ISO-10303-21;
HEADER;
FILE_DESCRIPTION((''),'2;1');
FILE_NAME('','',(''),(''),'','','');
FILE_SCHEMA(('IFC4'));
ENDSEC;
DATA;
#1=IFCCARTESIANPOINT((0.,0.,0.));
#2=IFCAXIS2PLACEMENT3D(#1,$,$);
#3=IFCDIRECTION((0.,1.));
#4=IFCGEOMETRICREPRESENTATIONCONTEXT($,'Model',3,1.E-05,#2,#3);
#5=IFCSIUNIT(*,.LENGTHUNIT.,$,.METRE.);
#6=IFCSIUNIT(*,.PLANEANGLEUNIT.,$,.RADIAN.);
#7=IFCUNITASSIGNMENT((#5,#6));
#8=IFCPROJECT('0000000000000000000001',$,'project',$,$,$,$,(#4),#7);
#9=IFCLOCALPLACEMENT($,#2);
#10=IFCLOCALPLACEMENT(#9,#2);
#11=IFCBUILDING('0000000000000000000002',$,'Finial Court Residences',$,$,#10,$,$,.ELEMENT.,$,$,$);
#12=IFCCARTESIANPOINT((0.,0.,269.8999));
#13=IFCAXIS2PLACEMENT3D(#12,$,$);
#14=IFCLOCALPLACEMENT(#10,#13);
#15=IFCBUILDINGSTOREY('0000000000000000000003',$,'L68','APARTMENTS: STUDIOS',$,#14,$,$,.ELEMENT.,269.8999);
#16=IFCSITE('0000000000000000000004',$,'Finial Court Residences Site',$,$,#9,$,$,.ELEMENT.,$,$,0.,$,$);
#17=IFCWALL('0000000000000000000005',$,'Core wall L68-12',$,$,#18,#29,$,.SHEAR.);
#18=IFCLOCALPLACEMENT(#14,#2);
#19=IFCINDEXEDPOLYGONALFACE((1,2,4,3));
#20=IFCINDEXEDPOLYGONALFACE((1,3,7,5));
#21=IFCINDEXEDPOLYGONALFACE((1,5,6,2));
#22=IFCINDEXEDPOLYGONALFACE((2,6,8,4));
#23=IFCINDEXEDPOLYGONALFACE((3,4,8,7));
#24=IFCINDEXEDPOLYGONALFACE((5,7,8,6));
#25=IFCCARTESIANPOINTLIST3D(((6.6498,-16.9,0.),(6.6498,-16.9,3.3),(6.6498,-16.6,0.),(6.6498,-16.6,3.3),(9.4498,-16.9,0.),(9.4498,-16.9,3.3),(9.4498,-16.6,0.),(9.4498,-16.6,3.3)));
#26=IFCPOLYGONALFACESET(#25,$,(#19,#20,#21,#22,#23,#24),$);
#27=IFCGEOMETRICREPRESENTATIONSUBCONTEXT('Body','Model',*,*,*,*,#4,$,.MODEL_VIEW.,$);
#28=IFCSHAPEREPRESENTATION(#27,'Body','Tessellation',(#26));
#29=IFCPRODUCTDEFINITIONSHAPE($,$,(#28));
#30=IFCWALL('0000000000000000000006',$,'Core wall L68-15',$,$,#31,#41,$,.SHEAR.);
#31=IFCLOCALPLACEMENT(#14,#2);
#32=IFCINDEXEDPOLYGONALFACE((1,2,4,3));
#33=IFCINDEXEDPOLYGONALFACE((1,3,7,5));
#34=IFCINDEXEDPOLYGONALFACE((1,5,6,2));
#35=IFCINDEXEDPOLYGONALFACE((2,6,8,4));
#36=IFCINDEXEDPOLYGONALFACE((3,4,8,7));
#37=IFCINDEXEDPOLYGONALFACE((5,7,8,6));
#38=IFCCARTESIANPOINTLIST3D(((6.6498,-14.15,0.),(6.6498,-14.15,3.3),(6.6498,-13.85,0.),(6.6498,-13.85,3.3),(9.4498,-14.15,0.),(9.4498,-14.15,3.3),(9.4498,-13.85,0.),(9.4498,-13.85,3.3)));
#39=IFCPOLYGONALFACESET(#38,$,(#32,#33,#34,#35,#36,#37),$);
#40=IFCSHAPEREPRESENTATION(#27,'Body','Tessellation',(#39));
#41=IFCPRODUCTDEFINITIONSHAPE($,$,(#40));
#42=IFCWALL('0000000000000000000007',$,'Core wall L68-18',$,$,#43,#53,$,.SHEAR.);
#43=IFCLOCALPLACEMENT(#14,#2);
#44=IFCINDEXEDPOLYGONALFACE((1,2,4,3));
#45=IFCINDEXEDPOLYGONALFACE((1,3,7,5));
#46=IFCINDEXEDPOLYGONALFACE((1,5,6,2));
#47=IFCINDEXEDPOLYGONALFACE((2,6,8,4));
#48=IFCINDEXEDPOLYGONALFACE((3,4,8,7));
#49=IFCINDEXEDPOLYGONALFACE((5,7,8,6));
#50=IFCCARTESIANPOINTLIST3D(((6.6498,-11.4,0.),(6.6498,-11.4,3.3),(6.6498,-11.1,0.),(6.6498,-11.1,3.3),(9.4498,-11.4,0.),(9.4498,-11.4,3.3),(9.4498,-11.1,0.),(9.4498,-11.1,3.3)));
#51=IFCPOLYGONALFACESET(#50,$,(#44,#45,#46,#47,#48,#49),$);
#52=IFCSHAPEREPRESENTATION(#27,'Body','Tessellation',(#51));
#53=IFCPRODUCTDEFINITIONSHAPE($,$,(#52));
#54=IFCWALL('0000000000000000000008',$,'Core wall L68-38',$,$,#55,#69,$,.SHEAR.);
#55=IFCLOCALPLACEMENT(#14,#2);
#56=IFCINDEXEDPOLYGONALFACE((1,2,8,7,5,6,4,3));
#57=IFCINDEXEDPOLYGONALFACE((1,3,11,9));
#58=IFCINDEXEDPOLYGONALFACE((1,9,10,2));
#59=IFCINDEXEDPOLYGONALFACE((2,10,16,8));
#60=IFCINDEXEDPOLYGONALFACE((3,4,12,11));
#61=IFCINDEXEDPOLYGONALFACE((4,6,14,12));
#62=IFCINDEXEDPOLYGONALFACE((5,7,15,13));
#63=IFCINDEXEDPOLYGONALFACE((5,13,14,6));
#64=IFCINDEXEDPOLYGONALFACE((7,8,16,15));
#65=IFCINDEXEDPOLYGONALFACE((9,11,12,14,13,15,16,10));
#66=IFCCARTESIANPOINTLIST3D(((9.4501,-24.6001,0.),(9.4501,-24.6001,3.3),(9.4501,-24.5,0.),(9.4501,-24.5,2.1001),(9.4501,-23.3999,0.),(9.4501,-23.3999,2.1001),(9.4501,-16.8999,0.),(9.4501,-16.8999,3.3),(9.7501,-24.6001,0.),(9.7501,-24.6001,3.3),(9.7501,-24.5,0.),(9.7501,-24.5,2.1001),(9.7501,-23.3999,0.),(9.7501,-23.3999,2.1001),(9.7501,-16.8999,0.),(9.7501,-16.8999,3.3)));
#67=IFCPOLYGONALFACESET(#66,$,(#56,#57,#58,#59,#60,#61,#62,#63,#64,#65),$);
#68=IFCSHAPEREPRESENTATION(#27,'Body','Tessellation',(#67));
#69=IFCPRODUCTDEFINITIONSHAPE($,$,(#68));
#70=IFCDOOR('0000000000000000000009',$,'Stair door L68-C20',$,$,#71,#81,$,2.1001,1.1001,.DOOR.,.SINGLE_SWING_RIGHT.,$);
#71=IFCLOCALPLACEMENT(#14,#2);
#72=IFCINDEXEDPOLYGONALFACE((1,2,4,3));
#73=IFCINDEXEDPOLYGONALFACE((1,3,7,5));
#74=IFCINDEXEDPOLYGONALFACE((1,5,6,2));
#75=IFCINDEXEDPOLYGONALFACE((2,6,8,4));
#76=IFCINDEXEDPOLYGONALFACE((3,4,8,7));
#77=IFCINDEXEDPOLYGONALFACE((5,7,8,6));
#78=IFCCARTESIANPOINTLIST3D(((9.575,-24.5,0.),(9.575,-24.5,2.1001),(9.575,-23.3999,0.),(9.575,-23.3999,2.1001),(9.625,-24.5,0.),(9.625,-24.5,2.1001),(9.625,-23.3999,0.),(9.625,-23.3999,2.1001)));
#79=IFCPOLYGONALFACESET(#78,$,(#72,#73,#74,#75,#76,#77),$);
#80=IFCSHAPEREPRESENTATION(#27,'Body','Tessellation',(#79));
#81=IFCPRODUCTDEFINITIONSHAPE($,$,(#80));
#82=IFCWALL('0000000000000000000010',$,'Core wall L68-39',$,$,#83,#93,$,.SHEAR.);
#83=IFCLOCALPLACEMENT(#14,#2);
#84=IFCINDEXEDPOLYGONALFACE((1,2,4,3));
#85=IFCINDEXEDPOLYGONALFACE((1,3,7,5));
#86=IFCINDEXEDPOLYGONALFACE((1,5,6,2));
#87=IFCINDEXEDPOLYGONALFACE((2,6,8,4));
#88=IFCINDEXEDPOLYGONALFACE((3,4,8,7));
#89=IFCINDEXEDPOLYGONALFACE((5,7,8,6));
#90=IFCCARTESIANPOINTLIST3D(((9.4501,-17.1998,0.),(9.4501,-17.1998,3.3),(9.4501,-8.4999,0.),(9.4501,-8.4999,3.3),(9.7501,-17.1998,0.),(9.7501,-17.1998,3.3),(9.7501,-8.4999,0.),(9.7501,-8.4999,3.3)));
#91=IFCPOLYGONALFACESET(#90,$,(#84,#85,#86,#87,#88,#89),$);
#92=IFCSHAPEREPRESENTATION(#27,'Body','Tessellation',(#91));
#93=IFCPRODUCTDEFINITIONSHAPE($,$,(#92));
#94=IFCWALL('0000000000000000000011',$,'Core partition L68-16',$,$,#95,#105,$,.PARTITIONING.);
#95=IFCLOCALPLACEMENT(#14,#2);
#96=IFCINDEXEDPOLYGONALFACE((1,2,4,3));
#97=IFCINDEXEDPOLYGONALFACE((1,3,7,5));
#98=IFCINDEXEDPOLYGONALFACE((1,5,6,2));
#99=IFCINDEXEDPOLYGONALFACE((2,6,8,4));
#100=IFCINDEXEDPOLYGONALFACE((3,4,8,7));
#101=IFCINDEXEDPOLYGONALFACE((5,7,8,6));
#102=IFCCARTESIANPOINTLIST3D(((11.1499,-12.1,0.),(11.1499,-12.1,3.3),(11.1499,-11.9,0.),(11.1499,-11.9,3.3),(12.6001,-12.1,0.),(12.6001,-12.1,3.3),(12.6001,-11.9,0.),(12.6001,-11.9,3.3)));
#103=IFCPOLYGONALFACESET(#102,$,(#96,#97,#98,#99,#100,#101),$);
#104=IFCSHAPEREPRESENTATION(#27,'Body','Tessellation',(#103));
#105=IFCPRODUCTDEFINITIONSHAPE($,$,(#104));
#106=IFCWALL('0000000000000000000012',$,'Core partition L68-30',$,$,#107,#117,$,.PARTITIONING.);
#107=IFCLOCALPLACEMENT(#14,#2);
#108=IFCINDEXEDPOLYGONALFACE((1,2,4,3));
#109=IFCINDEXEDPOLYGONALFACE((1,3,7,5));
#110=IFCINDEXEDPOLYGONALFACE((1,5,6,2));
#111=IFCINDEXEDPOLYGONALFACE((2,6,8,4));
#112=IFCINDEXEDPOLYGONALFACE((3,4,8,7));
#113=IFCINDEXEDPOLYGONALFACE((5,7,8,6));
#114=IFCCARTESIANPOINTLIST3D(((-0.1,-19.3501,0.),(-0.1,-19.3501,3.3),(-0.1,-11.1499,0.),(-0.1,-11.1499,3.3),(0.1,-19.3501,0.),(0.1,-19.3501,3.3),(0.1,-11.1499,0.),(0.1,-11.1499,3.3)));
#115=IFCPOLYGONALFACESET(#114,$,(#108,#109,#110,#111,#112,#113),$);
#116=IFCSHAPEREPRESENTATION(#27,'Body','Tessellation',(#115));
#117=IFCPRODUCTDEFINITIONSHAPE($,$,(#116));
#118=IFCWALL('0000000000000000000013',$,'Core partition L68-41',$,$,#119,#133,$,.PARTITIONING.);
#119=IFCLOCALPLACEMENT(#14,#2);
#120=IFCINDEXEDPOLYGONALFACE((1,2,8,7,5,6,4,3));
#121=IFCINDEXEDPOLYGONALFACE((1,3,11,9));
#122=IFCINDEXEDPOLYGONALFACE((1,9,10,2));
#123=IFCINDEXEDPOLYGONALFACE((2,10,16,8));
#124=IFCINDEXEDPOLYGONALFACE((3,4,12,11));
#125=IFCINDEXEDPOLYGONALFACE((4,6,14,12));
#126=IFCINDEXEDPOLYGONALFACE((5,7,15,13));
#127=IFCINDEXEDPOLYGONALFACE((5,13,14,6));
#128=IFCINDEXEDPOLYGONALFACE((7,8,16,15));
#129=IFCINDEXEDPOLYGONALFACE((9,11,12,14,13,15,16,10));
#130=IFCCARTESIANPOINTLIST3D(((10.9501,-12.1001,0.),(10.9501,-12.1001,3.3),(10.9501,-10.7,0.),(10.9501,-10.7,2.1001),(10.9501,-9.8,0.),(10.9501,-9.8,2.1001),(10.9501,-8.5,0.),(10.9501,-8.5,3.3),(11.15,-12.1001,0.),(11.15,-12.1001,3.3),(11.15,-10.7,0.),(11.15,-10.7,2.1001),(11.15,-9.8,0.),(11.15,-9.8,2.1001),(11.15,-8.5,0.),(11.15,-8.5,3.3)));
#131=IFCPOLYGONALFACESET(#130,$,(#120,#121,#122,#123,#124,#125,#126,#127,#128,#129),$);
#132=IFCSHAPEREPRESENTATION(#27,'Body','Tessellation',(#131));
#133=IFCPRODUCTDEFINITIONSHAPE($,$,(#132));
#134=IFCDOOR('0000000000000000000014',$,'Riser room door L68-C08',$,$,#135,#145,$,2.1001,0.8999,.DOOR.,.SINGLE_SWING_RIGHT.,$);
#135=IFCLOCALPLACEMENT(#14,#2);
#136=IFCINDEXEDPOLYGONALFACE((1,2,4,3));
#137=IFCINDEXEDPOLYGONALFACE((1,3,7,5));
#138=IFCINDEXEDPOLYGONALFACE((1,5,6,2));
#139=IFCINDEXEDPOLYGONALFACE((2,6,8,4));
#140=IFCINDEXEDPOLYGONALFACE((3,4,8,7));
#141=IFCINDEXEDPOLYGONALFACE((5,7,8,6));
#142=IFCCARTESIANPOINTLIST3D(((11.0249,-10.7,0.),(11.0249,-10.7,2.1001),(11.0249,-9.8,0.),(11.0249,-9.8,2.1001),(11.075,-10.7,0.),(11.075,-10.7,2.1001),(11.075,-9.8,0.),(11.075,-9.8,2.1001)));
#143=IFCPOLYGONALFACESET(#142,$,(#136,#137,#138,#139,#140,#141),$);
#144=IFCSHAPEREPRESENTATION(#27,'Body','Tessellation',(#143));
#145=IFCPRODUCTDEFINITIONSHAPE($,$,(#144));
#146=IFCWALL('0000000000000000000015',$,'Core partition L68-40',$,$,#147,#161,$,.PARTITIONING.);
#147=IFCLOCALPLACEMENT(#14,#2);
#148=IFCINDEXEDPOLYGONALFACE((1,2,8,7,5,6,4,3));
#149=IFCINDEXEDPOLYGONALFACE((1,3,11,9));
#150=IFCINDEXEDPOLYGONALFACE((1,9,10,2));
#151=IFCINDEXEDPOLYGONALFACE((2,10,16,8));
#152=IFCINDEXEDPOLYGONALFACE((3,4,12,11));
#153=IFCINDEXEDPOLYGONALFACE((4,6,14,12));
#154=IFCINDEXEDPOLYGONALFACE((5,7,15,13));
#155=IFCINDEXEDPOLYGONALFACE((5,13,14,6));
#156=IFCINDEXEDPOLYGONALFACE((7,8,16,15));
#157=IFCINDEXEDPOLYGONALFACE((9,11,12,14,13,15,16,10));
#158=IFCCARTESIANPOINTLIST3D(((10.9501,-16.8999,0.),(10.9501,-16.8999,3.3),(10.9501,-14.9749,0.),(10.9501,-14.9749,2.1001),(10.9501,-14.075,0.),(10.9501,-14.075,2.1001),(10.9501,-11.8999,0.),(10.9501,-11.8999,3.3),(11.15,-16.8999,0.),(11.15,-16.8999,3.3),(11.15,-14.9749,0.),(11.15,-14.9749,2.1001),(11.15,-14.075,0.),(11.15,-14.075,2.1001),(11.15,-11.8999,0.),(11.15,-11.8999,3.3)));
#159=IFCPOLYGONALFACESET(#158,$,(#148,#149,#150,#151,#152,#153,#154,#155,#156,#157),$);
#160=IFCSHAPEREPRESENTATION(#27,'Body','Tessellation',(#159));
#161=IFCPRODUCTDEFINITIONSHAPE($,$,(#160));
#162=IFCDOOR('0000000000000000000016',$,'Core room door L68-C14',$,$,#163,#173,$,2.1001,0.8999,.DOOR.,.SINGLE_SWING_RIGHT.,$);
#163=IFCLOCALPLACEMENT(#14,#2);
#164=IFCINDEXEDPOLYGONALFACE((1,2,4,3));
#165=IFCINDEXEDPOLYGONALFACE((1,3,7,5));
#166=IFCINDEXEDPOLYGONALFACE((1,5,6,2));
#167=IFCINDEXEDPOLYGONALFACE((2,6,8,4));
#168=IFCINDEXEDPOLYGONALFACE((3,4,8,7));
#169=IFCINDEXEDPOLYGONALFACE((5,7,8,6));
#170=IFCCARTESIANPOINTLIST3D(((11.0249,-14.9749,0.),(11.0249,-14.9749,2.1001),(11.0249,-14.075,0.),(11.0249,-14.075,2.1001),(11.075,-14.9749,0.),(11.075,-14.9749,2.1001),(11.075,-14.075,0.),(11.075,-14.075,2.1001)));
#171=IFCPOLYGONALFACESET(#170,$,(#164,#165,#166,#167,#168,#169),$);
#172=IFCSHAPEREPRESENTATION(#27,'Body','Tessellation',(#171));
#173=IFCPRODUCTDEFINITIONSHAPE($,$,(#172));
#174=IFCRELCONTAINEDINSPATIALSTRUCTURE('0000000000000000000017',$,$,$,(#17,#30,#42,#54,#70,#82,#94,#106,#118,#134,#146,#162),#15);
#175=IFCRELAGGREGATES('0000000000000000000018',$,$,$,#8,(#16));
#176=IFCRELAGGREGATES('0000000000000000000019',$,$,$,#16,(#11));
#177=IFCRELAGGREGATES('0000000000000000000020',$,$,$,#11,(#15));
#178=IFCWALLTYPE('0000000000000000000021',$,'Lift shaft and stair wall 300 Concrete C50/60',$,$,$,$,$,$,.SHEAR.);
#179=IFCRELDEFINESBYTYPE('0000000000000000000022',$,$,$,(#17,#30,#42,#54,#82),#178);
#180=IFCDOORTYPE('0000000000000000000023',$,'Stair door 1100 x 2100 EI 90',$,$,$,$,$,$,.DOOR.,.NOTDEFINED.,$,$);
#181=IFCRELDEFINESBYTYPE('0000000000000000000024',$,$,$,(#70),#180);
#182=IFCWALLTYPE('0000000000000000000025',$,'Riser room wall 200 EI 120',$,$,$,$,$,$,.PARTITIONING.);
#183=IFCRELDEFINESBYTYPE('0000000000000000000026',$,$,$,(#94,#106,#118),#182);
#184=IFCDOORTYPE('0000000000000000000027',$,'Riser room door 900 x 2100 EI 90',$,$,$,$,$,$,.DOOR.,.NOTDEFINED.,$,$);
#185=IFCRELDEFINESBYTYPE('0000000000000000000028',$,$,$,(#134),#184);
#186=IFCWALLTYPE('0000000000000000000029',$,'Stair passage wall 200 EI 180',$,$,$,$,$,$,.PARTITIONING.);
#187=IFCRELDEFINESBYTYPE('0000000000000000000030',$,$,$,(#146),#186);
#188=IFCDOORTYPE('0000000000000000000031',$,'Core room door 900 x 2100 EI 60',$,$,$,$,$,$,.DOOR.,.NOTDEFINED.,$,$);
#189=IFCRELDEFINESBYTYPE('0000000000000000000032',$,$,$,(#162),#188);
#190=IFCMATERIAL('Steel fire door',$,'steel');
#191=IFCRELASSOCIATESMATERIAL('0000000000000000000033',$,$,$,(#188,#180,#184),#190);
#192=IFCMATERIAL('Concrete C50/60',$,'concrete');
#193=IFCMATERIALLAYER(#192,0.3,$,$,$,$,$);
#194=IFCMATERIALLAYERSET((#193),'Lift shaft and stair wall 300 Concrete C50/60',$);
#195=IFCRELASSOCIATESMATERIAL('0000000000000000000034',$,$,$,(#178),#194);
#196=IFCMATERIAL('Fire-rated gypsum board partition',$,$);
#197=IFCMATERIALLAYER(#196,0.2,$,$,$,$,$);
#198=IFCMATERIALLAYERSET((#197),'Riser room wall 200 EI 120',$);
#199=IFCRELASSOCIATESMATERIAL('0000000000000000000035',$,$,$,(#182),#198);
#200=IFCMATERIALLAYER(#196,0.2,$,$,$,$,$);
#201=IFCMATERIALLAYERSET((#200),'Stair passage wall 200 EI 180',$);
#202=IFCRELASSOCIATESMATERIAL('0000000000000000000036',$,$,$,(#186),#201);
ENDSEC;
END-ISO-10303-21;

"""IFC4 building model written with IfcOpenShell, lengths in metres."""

from ifc_helpers import new_model, si_unit, direction, frame, frame_2d, origin, place, context, subcontext, project, spatial, rectangle, extrude, material, layer, layer_set, type_object, element, fill, save


model = new_model("IFC4")

# Units and contexts
model_context = context("Model", 3, precision=1e-05, world=origin(), true_north=direction((0.0, 1.0)))
body_context = subcontext(model_context, "Body", "Model", "MODEL_VIEW")
ifc_project = project(units=[si_unit("LENGTHUNIT", "METRE"), si_unit("PLANEANGLEUNIT", "RADIAN")], contexts=[model_context])

# Site, building, storey
site_placement = place(None, origin())
site = spatial("IfcSite", under=ifc_project, at=site_placement, Name="Finial Court Residences Site", CompositionType="ELEMENT", RefElevation=0.0)
building_placement = place(site_placement, origin())
building = spatial("IfcBuilding", under=site, at=building_placement, Name="Finial Court Residences", CompositionType="ELEMENT")
storey_placement = place(building_placement, frame((0.0, 0.0, 269.8999)))
storey = spatial("IfcBuildingStorey", under=building, at=storey_placement, Name="L68", Description="APARTMENTS: STUDIOS", CompositionType="ELEMENT", Elevation=269.8999)

# Shared definitions
ifc_material_1 = material(Name="Concrete C50/60", Category="concrete")

# Shared definitions
ifc_material_2 = material(Name="Fire-rated gypsum board partition")

# Shared definitions
ifc_material_3 = material(Name="Steel fire door", Category="steel")
door_type_1 = type_object("IfcDoorType", Name="Core room door 900 x 2100 EI 60", OperationType="NOTDEFINED", PredefinedType="DOOR", material=ifc_material_3)

# Walls
ifc_layer_1 = layer(ifc_material_1, 0.3)
ifc_layer_set_1 = layer_set([ifc_layer_1], Name="Lift shaft and stair wall 300 Concrete C50/60")
wall_type_1 = type_object("IfcWallType", Name="Lift shaft and stair wall 300 Concrete C50/60", PredefinedType="SHEAR", material=ifc_layer_set_1)
for number, where, z_axis, x_axis, name in (
    (1, (6.6499, -16.75, 0.0), (0.0, 0.0, 1.0), (1.0, 0.0, 0.0), "Core wall L68-12"),
    (2, (6.6499, -14.0, 0.0), (0.0, 0.0, 1.0), (1.0, 0.0, 0.0), "Core wall L68-15"),
    (3, (6.6499, -11.25, 0.0), (0.0, 0.0, 1.0), (1.0, 0.0, 0.0), "Core wall L68-18"),
):
    element("IfcWall", number, at=place(storey_placement, frame(where, z_axis=z_axis, x_axis=x_axis)), inside=storey, type_object=wall_type_1, Name=name, PredefinedType="SHEAR", context=body_context, shape_type="SweptSolid", body=[
        extrude(rectangle(XDim=2.8, YDim=0.3, at=frame_2d((1.3999, 0.0))), origin(), (0.0, 0.0, 1.0), 3.3),
    ])

# Wall, opening, door
wall_1_placement = place(storey_placement, frame((9.6001, -16.8999, 0.0), z_axis=(0.0, 0.0, 1.0), x_axis=(0.0, -1.0, 0.0)))
wall_1 = element("IfcWall", 4, at=wall_1_placement, inside=storey, type_object=wall_type_1, Name="Core wall L68-38", PredefinedType="SHEAR", context=body_context, shape_type="SweptSolid", body=[
    extrude(rectangle(XDim=7.7002, YDim=0.3, at=frame_2d((3.8501, 0.0))), origin(), (0.0, 0.0, 1.0), 3.3),
])
opening_1_placement = place(wall_1_placement, frame((6.5, 0.0, 0.0)))
opening_1 = element("IfcOpeningElement", 5, at=opening_1_placement, cuts=wall_1, PredefinedType="OPENING", context=body_context, shape_type="SweptSolid", body=[
    extrude(rectangle(XDim=1.1001, YDim=2.1001, at=frame_2d((0.55, 1.05))), frame((0.0, 0.1599, 0.0), z_axis=(0.0, -1.0, 0.0), x_axis=(1.0, 0.0, 0.0)), (0.0, 0.0, 1.0), 0.3201),
])
door_type_2 = type_object("IfcDoorType", Name="Stair door 1100 x 2100 EI 90", OperationType="NOTDEFINED", PredefinedType="DOOR", material=ifc_material_3)
door_1_placement = place(opening_1_placement, origin())
door_1 = element("IfcDoor", 6, at=door_1_placement, inside=storey, type_object=door_type_2, Name="Stair door L68-C20", OperationType="SINGLE_SWING_RIGHT", OverallHeight=2.1001, OverallWidth=1.1001, PredefinedType="DOOR", context=body_context, shape_type="SweptSolid", body=[
    extrude(rectangle(XDim=1.1001, YDim=2.1001, at=frame_2d((0.55, 1.05))), frame((0.0, 0.0249, 0.0), z_axis=(0.0, -1.0, 0.0), x_axis=(1.0, 0.0, 0.0)), (0.0, 0.0, 1.0), 0.05),
])
fill(opening_1, door_1)

# Walls
wall_2_placement = place(storey_placement, frame((9.6001, -17.2, 0.0), z_axis=(0.0, 0.0, 1.0), x_axis=(0.0, 1.0, 0.0)))
element("IfcWall", 7, at=wall_2_placement, inside=storey, type_object=wall_type_1, Name="Core wall L68-39", PredefinedType="SHEAR", context=body_context, shape_type="SweptSolid", body=[
    extrude(rectangle(XDim=8.7, YDim=0.3, at=frame_2d((4.3501, 0.0))), origin(), (0.0, 0.0, 1.0), 3.3),
])
ifc_layer_2 = layer(ifc_material_2, 0.2)
ifc_layer_set_2 = layer_set([ifc_layer_2], Name="Riser room wall 200 EI 120")
wall_type_2 = type_object("IfcWallType", Name="Riser room wall 200 EI 120", PredefinedType="PARTITIONING", material=ifc_layer_set_2)
wall_3_placement = place(storey_placement, frame((11.1499, -12.0, 0.0), z_axis=(0.0, 0.0, 1.0), x_axis=(1.0, 0.0, 0.0)))
element("IfcWall", 8, at=wall_3_placement, inside=storey, type_object=wall_type_2, Name="Core partition L68-16", PredefinedType="PARTITIONING", context=body_context, shape_type="SweptSolid", body=[
    extrude(rectangle(XDim=1.4502, YDim=0.2, at=frame_2d((0.7251, 0.0))), origin(), (0.0, 0.0, 1.0), 3.3),
])
wall_4_placement = place(storey_placement, frame((0.0, -19.3501, 0.0), z_axis=(0.0, 0.0, 1.0), x_axis=(0.0, 1.0, 0.0)))
element("IfcWall", 9, at=wall_4_placement, inside=storey, type_object=wall_type_2, Name="Core partition L68-30", PredefinedType="PARTITIONING", context=body_context, shape_type="SweptSolid", body=[
    extrude(rectangle(XDim=8.2002, YDim=0.2, at=frame_2d((4.1001, 0.0))), origin(), (0.0, 0.0, 1.0), 3.3),
])

# Walls, openings, doors
wall_5_placement = place(storey_placement, frame((11.05, -8.5, 0.0), z_axis=(0.0, 0.0, 1.0), x_axis=(0.0, -1.0, 0.0)))
wall_5 = element("IfcWall", 10, at=wall_5_placement, inside=storey, type_object=wall_type_2, Name="Core partition L68-41", PredefinedType="PARTITIONING", context=body_context, shape_type="SweptSolid", body=[
    extrude(rectangle(XDim=3.6001, YDim=0.2, at=frame_2d((1.8, 0.0))), origin(), (0.0, 0.0, 1.0), 3.3),
])
opening_2_placement = place(wall_5_placement, frame((1.3, 0.0, 0.0)))
opening_2 = element("IfcOpeningElement", 11, at=opening_2_placement, cuts=wall_5, PredefinedType="OPENING", context=body_context, shape_type="SweptSolid", body=[
    extrude(rectangle(XDim=0.8999, YDim=2.1001, at=frame_2d((0.45, 1.05))), frame((0.0, 0.1099, 0.0), z_axis=(0.0, -1.0, 0.0), x_axis=(1.0, 0.0, 0.0)), (0.0, 0.0, 1.0), 0.22),
])
door_type_3 = type_object("IfcDoorType", Name="Riser room door 900 x 2100 EI 90", OperationType="NOTDEFINED", PredefinedType="DOOR", material=ifc_material_3)
door_2_placement = place(opening_2_placement, origin())
door_2 = element("IfcDoor", 12, at=door_2_placement, inside=storey, type_object=door_type_3, Name="Riser room door L68-C08", OperationType="SINGLE_SWING_RIGHT", OverallHeight=2.1001, OverallWidth=0.8999, PredefinedType="DOOR", context=body_context, shape_type="SweptSolid", body=[
    extrude(rectangle(XDim=0.8999, YDim=2.1001, at=frame_2d((0.45, 1.05))), frame((0.0, 0.0249, 0.0), z_axis=(0.0, -1.0, 0.0), x_axis=(1.0, 0.0, 0.0)), (0.0, 0.0, 1.0), 0.05),
])
fill(opening_2, door_2)
ifc_layer_3 = layer(ifc_material_2, 0.2)
ifc_layer_set_3 = layer_set([ifc_layer_3], Name="Stair passage wall 200 EI 180")
wall_type_3 = type_object("IfcWallType", Name="Stair passage wall 200 EI 180", PredefinedType="PARTITIONING", material=ifc_layer_set_3)
wall_6_placement = place(storey_placement, frame((11.05, -11.8999, 0.0), z_axis=(0.0, 0.0, 1.0), x_axis=(0.0, -1.0, 0.0)))
wall_6 = element("IfcWall", 13, at=wall_6_placement, inside=storey, type_object=wall_type_3, Name="Core partition L68-40", PredefinedType="PARTITIONING", context=body_context, shape_type="SweptSolid", body=[
    extrude(rectangle(XDim=5.0, YDim=0.2, at=frame_2d((2.5, 0.0))), origin(), (0.0, 0.0, 1.0), 3.3),
])
opening_3_placement = place(wall_6_placement, frame((2.175, 0.0, 0.0)))
opening_3 = element("IfcOpeningElement", 14, at=opening_3_placement, cuts=wall_6, PredefinedType="OPENING", context=body_context, shape_type="SweptSolid", body=[
    extrude(rectangle(XDim=0.8999, YDim=2.1001, at=frame_2d((0.45, 1.05))), frame((0.0, 0.1099, 0.0), z_axis=(0.0, -1.0, 0.0), x_axis=(1.0, 0.0, 0.0)), (0.0, 0.0, 1.0), 0.22),
])
door_3_placement = place(opening_3_placement, origin())
door_3 = element("IfcDoor", 15, at=door_3_placement, inside=storey, type_object=door_type_1, Name="Core room door L68-C14", OperationType="SINGLE_SWING_RIGHT", OverallHeight=2.1001, OverallWidth=0.8999, PredefinedType="DOOR", context=body_context, shape_type="SweptSolid", body=[
    extrude(rectangle(XDim=0.8999, YDim=2.1001, at=frame_2d((0.45, 1.05))), frame((0.0, 0.0249, 0.0), z_axis=(0.0, -1.0, 0.0), x_axis=(1.0, 0.0, 0.0)), (0.0, 0.0, 1.0), 0.05),
])
fill(opening_3, door_3)

save(model, "model.ifc")
